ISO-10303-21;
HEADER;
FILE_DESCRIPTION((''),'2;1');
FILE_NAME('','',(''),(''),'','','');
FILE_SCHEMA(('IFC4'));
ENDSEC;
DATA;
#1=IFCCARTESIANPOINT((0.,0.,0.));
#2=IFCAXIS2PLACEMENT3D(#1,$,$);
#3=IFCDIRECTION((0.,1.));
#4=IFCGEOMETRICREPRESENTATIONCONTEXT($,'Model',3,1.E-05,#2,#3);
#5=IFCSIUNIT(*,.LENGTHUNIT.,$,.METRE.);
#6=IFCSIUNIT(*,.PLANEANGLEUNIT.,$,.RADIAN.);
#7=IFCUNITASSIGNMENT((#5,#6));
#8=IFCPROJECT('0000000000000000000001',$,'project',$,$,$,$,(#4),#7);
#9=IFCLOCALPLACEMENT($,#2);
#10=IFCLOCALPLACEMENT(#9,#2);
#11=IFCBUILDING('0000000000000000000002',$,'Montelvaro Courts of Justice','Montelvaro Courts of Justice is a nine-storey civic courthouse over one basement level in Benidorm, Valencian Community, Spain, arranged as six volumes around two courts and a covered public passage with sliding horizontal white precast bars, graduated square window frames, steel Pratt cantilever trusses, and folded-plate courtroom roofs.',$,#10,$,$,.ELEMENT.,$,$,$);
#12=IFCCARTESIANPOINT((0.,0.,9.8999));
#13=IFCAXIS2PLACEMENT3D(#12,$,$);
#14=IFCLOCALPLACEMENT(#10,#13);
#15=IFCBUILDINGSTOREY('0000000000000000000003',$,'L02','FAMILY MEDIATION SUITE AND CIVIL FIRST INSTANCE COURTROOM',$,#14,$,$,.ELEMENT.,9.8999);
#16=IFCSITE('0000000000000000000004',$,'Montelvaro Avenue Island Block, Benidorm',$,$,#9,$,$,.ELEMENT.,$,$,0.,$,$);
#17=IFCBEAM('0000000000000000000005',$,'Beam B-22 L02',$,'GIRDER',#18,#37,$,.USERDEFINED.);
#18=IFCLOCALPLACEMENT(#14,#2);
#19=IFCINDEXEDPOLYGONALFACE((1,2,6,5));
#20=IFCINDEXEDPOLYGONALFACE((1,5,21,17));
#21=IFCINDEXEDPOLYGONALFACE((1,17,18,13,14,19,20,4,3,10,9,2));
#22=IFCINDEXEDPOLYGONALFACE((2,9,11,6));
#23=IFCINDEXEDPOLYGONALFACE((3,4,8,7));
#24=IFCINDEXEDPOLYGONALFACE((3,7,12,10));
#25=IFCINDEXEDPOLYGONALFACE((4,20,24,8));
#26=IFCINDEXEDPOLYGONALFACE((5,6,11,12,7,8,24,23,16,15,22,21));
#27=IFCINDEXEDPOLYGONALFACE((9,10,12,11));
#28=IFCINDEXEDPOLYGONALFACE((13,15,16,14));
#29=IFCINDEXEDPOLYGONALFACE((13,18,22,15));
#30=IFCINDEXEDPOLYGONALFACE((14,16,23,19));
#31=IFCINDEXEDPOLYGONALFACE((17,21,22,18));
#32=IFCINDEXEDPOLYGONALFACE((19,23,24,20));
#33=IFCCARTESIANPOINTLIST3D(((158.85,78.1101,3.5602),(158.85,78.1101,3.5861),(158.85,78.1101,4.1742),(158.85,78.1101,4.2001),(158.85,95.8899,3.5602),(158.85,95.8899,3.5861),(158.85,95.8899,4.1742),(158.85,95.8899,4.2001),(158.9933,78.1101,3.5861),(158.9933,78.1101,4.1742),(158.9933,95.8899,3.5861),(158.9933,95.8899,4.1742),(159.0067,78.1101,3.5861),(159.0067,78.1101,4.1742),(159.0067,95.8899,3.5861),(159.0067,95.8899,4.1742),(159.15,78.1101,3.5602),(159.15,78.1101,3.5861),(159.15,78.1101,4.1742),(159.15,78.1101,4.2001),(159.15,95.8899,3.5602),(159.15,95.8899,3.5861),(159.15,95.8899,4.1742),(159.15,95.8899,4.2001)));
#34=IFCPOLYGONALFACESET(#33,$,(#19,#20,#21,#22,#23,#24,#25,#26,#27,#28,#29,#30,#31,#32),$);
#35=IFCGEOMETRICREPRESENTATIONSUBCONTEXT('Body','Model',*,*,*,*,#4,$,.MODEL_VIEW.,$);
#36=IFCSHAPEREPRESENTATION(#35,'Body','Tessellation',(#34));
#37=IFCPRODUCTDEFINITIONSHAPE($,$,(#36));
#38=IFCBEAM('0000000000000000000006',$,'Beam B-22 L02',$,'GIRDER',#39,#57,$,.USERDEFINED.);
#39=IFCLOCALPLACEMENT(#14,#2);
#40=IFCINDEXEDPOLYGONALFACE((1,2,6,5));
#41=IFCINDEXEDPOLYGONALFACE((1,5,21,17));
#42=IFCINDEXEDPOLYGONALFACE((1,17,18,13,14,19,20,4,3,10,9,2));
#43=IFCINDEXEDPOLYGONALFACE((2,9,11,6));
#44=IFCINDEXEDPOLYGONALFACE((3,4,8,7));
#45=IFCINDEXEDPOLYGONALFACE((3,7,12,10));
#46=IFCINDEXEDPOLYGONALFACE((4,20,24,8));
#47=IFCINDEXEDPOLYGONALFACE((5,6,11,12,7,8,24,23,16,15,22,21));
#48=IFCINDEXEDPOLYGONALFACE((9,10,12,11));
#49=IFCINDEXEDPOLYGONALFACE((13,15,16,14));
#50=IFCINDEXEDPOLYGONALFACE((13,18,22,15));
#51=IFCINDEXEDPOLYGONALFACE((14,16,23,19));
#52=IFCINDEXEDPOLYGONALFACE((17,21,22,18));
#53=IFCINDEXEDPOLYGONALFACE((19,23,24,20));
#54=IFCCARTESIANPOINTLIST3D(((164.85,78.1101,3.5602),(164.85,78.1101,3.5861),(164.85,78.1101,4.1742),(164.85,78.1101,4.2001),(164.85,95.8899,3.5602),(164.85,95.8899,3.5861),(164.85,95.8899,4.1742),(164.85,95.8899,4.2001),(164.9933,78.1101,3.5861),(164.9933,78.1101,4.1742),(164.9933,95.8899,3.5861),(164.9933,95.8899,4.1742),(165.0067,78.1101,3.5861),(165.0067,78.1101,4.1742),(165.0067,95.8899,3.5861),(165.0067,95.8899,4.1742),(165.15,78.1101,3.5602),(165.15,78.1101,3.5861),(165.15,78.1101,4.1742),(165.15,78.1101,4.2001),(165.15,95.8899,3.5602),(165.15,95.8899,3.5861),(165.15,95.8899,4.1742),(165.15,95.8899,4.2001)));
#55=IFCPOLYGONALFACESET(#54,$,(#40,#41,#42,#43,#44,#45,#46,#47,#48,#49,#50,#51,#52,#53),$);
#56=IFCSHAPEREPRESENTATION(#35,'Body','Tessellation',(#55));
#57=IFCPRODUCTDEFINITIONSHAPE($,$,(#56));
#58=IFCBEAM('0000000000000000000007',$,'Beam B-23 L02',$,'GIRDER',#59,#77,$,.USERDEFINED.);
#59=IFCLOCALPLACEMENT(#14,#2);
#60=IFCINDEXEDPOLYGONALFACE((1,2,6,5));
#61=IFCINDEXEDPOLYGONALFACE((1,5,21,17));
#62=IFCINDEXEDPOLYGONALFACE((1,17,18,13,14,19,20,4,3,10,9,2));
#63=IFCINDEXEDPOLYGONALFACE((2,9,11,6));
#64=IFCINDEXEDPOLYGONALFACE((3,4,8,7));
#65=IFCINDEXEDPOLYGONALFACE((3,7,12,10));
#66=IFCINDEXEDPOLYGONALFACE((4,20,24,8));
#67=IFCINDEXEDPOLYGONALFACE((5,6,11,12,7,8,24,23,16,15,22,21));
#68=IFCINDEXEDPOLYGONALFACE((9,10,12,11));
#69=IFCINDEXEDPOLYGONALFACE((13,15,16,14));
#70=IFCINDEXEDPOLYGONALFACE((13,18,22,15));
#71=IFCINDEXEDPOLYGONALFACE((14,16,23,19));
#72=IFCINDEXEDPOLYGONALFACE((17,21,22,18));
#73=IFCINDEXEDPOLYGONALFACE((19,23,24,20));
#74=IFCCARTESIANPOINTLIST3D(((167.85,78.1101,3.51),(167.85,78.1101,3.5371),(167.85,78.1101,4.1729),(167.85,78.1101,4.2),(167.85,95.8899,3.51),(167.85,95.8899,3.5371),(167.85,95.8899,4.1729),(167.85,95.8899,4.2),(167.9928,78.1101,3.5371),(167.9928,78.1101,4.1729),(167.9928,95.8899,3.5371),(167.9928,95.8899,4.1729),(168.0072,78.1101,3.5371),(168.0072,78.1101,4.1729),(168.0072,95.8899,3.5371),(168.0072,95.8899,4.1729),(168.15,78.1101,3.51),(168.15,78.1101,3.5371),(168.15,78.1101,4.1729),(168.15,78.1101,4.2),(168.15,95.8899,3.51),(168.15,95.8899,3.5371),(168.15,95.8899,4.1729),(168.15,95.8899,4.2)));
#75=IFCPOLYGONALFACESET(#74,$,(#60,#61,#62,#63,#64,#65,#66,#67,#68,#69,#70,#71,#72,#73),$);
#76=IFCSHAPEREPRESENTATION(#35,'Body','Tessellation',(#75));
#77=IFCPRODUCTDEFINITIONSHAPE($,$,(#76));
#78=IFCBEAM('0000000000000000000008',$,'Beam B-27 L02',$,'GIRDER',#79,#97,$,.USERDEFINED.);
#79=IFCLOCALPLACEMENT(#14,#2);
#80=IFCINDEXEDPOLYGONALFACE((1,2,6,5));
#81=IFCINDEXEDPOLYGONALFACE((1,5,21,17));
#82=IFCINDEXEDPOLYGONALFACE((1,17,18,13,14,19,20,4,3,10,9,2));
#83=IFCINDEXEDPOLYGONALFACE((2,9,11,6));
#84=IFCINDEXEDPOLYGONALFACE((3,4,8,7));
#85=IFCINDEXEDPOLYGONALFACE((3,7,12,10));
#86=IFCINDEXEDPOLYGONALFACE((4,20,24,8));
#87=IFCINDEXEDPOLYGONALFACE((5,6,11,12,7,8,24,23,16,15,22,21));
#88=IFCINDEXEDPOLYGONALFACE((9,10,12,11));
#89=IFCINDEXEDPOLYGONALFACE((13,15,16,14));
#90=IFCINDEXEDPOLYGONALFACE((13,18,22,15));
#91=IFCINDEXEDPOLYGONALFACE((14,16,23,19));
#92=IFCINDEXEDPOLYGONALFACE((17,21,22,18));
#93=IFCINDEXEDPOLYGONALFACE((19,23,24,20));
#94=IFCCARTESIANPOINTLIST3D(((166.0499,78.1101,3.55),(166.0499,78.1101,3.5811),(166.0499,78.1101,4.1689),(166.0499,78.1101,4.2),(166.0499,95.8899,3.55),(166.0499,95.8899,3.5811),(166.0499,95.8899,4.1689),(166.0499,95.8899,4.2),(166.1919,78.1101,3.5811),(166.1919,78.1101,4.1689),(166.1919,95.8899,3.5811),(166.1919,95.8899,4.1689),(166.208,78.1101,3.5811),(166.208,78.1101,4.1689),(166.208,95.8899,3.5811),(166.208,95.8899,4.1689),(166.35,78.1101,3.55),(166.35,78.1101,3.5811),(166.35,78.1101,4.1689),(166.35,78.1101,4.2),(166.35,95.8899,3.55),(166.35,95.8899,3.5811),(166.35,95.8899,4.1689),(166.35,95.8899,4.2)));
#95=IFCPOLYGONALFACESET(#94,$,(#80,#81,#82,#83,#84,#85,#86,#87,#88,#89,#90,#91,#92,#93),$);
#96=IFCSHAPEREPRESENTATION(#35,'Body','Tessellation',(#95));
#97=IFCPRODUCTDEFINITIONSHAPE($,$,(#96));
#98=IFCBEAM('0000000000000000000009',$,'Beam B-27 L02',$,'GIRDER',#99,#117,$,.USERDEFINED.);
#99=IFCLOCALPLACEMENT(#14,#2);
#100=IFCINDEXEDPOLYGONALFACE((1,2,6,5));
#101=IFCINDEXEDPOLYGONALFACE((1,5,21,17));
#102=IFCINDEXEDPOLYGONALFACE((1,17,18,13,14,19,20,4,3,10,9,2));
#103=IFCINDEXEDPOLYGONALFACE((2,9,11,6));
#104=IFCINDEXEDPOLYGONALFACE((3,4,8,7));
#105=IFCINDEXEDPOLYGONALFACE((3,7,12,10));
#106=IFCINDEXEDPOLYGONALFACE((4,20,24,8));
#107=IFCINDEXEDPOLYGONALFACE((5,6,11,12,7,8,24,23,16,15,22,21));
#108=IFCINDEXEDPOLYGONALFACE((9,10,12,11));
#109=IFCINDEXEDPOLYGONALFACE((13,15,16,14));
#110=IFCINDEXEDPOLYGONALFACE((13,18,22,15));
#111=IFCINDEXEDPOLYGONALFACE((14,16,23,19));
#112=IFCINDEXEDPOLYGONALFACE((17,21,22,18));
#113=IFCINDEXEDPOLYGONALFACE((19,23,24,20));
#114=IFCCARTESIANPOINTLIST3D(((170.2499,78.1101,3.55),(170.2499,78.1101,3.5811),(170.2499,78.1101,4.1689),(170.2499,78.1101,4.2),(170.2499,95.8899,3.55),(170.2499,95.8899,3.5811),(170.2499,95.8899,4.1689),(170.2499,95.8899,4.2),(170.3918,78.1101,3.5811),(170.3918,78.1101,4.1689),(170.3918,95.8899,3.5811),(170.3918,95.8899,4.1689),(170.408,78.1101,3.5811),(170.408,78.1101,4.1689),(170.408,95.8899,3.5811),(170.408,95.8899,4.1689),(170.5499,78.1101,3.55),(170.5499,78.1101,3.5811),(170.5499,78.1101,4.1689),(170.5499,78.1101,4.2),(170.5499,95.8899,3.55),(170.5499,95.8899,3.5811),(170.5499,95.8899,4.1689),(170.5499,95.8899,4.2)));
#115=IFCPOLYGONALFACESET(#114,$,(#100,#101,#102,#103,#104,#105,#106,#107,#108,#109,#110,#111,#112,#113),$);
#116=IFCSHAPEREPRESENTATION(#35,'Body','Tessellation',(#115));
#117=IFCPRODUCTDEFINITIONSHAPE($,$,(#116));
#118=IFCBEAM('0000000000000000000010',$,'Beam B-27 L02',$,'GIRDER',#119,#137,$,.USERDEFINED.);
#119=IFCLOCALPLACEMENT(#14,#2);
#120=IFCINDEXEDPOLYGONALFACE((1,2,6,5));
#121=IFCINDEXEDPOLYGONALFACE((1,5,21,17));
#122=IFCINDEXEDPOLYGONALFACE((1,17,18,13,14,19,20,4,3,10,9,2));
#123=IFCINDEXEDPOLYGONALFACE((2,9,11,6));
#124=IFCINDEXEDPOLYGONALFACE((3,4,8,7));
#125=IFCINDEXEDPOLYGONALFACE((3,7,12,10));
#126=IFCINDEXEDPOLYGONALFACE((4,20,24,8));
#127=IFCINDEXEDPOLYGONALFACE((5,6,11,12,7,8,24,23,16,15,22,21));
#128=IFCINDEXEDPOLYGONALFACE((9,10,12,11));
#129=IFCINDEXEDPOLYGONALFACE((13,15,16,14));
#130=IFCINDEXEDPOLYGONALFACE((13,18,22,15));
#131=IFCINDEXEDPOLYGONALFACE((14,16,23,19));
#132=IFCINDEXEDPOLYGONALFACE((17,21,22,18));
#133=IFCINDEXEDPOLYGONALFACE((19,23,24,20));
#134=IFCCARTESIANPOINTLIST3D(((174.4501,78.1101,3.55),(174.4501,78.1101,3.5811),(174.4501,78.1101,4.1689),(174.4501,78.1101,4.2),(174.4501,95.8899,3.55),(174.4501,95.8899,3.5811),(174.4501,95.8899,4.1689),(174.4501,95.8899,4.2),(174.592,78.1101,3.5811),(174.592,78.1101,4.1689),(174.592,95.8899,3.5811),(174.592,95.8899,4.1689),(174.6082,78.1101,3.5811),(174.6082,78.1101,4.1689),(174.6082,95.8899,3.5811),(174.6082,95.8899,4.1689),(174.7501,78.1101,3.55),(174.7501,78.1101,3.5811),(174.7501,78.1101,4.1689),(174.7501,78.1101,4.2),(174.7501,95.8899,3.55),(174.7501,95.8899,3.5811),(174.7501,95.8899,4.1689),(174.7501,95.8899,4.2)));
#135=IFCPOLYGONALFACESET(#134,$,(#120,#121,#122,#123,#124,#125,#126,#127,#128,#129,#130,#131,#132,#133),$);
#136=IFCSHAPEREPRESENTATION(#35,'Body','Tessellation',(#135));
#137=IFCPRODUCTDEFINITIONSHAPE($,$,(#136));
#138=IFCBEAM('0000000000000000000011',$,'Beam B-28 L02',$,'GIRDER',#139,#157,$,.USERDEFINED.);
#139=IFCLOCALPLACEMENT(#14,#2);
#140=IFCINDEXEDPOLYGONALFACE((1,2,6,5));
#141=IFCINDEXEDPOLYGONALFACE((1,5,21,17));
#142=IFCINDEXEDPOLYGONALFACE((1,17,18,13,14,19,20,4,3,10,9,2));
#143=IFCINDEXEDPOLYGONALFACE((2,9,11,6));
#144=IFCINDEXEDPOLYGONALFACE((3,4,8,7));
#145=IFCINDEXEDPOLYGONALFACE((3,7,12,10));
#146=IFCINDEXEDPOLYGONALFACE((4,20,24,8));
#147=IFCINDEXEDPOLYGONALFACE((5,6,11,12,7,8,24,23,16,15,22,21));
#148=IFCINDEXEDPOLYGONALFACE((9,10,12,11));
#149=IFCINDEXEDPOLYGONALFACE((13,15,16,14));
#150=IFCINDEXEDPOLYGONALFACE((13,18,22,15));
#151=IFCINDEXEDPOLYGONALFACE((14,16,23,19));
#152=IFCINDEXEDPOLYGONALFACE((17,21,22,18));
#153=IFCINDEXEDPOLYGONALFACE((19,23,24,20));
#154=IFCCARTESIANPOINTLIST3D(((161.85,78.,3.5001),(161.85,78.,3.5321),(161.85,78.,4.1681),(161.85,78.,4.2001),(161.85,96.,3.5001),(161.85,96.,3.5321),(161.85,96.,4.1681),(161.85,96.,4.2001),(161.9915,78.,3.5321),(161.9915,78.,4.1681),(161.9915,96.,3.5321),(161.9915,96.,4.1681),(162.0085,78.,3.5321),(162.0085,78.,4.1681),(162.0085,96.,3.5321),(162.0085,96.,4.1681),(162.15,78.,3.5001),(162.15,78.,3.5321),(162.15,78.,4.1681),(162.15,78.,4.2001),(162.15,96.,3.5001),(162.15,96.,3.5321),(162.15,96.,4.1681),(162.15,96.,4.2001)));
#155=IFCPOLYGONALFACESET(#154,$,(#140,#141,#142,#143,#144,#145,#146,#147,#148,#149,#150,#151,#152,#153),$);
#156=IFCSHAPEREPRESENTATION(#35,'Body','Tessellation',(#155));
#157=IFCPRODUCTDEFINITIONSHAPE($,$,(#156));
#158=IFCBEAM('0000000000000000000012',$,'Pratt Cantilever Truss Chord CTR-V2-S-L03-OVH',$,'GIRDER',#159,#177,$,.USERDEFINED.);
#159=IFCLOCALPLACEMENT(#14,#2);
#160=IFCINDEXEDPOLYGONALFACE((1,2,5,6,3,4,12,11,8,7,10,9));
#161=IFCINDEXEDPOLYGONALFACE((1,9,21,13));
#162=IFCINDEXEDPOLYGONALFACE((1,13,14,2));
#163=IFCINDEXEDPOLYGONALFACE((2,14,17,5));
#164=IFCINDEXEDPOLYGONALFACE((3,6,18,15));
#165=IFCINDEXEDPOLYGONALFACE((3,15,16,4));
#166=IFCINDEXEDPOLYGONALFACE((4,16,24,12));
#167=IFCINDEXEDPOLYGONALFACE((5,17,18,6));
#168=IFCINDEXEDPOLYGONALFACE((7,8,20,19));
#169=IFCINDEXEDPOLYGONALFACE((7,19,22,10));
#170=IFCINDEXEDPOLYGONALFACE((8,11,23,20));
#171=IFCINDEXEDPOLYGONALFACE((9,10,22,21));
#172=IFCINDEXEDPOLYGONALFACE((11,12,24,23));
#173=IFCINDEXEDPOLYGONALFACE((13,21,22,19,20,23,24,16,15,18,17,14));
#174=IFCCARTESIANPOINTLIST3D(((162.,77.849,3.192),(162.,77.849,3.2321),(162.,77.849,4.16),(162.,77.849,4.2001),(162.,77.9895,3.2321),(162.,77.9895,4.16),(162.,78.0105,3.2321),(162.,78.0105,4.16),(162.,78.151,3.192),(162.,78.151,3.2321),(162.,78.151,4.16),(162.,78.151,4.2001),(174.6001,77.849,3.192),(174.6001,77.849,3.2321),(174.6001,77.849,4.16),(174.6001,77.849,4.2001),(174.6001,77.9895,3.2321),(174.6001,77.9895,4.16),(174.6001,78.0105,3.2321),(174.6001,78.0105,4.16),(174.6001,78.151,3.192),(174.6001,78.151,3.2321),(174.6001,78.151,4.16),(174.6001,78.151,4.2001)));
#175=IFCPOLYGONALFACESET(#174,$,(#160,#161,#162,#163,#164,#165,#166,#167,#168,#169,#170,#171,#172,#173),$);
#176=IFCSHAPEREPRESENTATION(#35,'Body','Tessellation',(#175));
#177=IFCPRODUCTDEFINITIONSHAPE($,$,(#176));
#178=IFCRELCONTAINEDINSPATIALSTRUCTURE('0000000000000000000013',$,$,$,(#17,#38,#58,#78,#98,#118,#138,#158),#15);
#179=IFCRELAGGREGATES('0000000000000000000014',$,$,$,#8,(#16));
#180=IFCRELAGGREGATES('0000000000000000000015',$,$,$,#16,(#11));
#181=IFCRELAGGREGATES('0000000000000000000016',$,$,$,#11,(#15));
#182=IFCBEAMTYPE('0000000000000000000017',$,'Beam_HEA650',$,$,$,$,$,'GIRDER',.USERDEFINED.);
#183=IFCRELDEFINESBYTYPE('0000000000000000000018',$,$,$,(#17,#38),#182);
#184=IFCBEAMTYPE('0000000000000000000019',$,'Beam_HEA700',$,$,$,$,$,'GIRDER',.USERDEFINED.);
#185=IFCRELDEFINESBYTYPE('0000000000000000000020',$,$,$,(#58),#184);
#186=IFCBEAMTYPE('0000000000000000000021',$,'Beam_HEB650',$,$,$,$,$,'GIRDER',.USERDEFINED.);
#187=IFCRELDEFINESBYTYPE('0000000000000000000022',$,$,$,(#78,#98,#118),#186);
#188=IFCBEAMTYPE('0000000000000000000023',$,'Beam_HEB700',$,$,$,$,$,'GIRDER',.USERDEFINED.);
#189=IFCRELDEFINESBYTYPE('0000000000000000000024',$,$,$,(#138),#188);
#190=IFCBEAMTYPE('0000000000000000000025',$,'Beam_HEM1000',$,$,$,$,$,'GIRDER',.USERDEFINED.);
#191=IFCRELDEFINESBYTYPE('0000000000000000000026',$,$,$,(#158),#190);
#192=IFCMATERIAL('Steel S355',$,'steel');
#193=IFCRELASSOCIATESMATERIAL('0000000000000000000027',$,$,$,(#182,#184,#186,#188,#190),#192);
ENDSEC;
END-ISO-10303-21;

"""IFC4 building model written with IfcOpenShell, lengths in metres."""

from ifc_helpers import new_model, si_unit, direction, frame, origin, origin_2d, place, context, subcontext, project, spatial, i_section, extrude, material, material_profile, profile_set, type_object, element, save


model = new_model("IFC4")

# Units and contexts
model_context = context("Model", 3, precision=1e-05, world=origin(), true_north=direction((0.0, 1.0)))
body_context = subcontext(model_context, "Body", "Model", "MODEL_VIEW")
ifc_project = project(units=[si_unit("LENGTHUNIT", "METRE"), si_unit("PLANEANGLEUNIT", "RADIAN")], contexts=[model_context])

# Site, building, storey
site_placement = place(None, origin())
site = spatial("IfcSite", under=ifc_project, at=site_placement, Name="Montelvaro Avenue Island Block, Benidorm", CompositionType="ELEMENT", RefElevation=0.0)
building_placement = place(site_placement, origin())
building = spatial("IfcBuilding", under=site, at=building_placement, Name="Montelvaro Courts of Justice", Description="Montelvaro Courts of Justice is a nine-storey civic courthouse over one basement level in Benidorm, Valencian Community, Spain, arranged as six volumes around two courts and a covered public passage with sliding horizontal white precast bars, graduated square window frames, steel Pratt cantilever trusses, and folded-plate courtroom roofs.", CompositionType="ELEMENT")
storey_placement = place(building_placement, frame((0.0, 0.0, 9.8999)))
storey = spatial("IfcBuildingStorey", under=building, at=storey_placement, Name="L02", Description="FAMILY MEDIATION SUITE AND CIVIL FIRST INSTANCE COURTROOM", CompositionType="ELEMENT", Elevation=9.8999)

# Beams
ifc_material_1 = material(Name="Steel S355", Category="steel")
ifc_material_profile_1 = material_profile(ifc_material_1, i_section(OverallWidth=0.3, OverallDepth=0.6399, WebThickness=0.0134, FlangeThickness=0.0259, at=origin_2d()), Name="HEA 650")
ifc_profile_set_1 = profile_set([ifc_material_profile_1], Name="Steel S355")
beam_type_1 = type_object("IfcBeamType", Name="Beam_HEA650", ElementType="GIRDER", PredefinedType="USERDEFINED", material=ifc_profile_set_1)
for number, where, z_axis, x_axis, name in (
    (1, (159.0, 78.1101, 3.8801), (0.0, 1.0, 0.0), (-1.0, 0.0, 0.0), "Beam B-22 L02"),
    (2, (165.0, 78.1101, 3.8801), (0.0, 1.0, 0.0), (-1.0, 0.0, 0.0), "Beam B-22 L02"),
):
    element("IfcBeam", number, at=place(storey_placement, frame(where, z_axis=z_axis, x_axis=x_axis)), inside=storey, type_object=beam_type_1, Name=name, ObjectType="GIRDER", PredefinedType="USERDEFINED", context=body_context, shape_type="SweptSolid", body=[
        extrude(i_section(OverallWidth=0.3, OverallDepth=0.6399, WebThickness=0.0134, FlangeThickness=0.0259, at=origin_2d()), origin(), (0.0, 0.0, 1.0), 17.7798),
    ])
ifc_material_profile_2 = material_profile(ifc_material_1, i_section(OverallWidth=0.3, OverallDepth=0.6899, WebThickness=0.0144, FlangeThickness=0.0271, at=origin_2d()), Name="HEA 700")
ifc_profile_set_2 = profile_set([ifc_material_profile_2], Name="Steel S355")
beam_type_2 = type_object("IfcBeamType", Name="Beam_HEA700", ElementType="GIRDER", PredefinedType="USERDEFINED", material=ifc_profile_set_2)
beam_1_placement = place(storey_placement, frame((168.0, 78.1101, 3.855), z_axis=(0.0, 1.0, 0.0), x_axis=(-1.0, 0.0, 0.0)))
element("IfcBeam", 3, at=beam_1_placement, inside=storey, type_object=beam_type_2, Name="Beam B-23 L02", ObjectType="GIRDER", PredefinedType="USERDEFINED", context=body_context, shape_type="SweptSolid", body=[
    extrude(i_section(OverallWidth=0.3, OverallDepth=0.6899, WebThickness=0.0144, FlangeThickness=0.0271, at=origin_2d()), origin(), (0.0, 0.0, 1.0), 17.7798),
])
ifc_material_profile_3 = material_profile(ifc_material_1, i_section(OverallWidth=0.3, OverallDepth=0.6499, WebThickness=0.0161, FlangeThickness=0.031, at=origin_2d()), Name="HEB 650")
ifc_profile_set_3 = profile_set([ifc_material_profile_3], Name="Steel S355")
beam_type_3 = type_object("IfcBeamType", Name="Beam_HEB650", ElementType="GIRDER", PredefinedType="USERDEFINED", material=ifc_profile_set_3)
for number, where, z_axis, x_axis, name in (
    (4, (166.2, 78.1101, 3.875), (0.0, 1.0, 0.0), (-1.0, 0.0, 0.0), "Beam B-27 L02"),
    (5, (170.3999, 78.1101, 3.875), (0.0, 1.0, 0.0), (-1.0, 0.0, 0.0), "Beam B-27 L02"),
    (6, (174.6001, 78.1101, 3.875), (0.0, 1.0, 0.0), (-1.0, 0.0, 0.0), "Beam B-27 L02"),
):
    element("IfcBeam", number, at=place(storey_placement, frame(where, z_axis=z_axis, x_axis=x_axis)), inside=storey, type_object=beam_type_3, Name=name, ObjectType="GIRDER", PredefinedType="USERDEFINED", context=body_context, shape_type="SweptSolid", body=[
        extrude(i_section(OverallWidth=0.3, OverallDepth=0.6499, WebThickness=0.0161, FlangeThickness=0.031, at=origin_2d()), origin(), (0.0, 0.0, 1.0), 17.7798),
    ])
ifc_material_profile_4 = material_profile(ifc_material_1, i_section(OverallWidth=0.3, OverallDepth=0.7, WebThickness=0.0171, FlangeThickness=0.032, at=origin_2d()), Name="HEB 700")
ifc_profile_set_4 = profile_set([ifc_material_profile_4], Name="Steel S355")
beam_type_4 = type_object("IfcBeamType", Name="Beam_HEB700", ElementType="GIRDER", PredefinedType="USERDEFINED", material=ifc_profile_set_4)
beam_2_placement = place(storey_placement, frame((162.0, 78.0, 3.8501), z_axis=(0.0, 1.0, 0.0), x_axis=(-1.0, 0.0, 0.0)))
element("IfcBeam", 7, at=beam_2_placement, inside=storey, type_object=beam_type_4, Name="Beam B-28 L02", ObjectType="GIRDER", PredefinedType="USERDEFINED", context=body_context, shape_type="SweptSolid", body=[
    extrude(i_section(OverallWidth=0.3, OverallDepth=0.7, WebThickness=0.0171, FlangeThickness=0.032, at=origin_2d()), origin(), (0.0, 0.0, 1.0), 18.0),
])
ifc_material_profile_5 = material_profile(ifc_material_1, i_section(OverallWidth=0.302, OverallDepth=1.0081, WebThickness=0.021, FlangeThickness=0.04, at=origin_2d()), Name="HEM 1000")
ifc_profile_set_5 = profile_set([ifc_material_profile_5], Name="Steel S355")
beam_type_5 = type_object("IfcBeamType", Name="Beam_HEM1000", ElementType="GIRDER", PredefinedType="USERDEFINED", material=ifc_profile_set_5)
beam_3_placement = place(storey_placement, frame((162.0, 78.0, 3.696), z_axis=(1.0, 0.0, 0.0), x_axis=(0.0, 1.0, 0.0)))
element("IfcBeam", 8, at=beam_3_placement, inside=storey, type_object=beam_type_5, Name="Pratt Cantilever Truss Chord CTR-V2-S-L03-OVH", ObjectType="GIRDER", PredefinedType="USERDEFINED", context=body_context, shape_type="SweptSolid", body=[
    extrude(i_section(OverallWidth=0.302, OverallDepth=1.0081, WebThickness=0.021, FlangeThickness=0.04, at=origin_2d()), origin(), (0.0, 0.0, 1.0), 12.6001),
])

save(model, "model.ifc")
